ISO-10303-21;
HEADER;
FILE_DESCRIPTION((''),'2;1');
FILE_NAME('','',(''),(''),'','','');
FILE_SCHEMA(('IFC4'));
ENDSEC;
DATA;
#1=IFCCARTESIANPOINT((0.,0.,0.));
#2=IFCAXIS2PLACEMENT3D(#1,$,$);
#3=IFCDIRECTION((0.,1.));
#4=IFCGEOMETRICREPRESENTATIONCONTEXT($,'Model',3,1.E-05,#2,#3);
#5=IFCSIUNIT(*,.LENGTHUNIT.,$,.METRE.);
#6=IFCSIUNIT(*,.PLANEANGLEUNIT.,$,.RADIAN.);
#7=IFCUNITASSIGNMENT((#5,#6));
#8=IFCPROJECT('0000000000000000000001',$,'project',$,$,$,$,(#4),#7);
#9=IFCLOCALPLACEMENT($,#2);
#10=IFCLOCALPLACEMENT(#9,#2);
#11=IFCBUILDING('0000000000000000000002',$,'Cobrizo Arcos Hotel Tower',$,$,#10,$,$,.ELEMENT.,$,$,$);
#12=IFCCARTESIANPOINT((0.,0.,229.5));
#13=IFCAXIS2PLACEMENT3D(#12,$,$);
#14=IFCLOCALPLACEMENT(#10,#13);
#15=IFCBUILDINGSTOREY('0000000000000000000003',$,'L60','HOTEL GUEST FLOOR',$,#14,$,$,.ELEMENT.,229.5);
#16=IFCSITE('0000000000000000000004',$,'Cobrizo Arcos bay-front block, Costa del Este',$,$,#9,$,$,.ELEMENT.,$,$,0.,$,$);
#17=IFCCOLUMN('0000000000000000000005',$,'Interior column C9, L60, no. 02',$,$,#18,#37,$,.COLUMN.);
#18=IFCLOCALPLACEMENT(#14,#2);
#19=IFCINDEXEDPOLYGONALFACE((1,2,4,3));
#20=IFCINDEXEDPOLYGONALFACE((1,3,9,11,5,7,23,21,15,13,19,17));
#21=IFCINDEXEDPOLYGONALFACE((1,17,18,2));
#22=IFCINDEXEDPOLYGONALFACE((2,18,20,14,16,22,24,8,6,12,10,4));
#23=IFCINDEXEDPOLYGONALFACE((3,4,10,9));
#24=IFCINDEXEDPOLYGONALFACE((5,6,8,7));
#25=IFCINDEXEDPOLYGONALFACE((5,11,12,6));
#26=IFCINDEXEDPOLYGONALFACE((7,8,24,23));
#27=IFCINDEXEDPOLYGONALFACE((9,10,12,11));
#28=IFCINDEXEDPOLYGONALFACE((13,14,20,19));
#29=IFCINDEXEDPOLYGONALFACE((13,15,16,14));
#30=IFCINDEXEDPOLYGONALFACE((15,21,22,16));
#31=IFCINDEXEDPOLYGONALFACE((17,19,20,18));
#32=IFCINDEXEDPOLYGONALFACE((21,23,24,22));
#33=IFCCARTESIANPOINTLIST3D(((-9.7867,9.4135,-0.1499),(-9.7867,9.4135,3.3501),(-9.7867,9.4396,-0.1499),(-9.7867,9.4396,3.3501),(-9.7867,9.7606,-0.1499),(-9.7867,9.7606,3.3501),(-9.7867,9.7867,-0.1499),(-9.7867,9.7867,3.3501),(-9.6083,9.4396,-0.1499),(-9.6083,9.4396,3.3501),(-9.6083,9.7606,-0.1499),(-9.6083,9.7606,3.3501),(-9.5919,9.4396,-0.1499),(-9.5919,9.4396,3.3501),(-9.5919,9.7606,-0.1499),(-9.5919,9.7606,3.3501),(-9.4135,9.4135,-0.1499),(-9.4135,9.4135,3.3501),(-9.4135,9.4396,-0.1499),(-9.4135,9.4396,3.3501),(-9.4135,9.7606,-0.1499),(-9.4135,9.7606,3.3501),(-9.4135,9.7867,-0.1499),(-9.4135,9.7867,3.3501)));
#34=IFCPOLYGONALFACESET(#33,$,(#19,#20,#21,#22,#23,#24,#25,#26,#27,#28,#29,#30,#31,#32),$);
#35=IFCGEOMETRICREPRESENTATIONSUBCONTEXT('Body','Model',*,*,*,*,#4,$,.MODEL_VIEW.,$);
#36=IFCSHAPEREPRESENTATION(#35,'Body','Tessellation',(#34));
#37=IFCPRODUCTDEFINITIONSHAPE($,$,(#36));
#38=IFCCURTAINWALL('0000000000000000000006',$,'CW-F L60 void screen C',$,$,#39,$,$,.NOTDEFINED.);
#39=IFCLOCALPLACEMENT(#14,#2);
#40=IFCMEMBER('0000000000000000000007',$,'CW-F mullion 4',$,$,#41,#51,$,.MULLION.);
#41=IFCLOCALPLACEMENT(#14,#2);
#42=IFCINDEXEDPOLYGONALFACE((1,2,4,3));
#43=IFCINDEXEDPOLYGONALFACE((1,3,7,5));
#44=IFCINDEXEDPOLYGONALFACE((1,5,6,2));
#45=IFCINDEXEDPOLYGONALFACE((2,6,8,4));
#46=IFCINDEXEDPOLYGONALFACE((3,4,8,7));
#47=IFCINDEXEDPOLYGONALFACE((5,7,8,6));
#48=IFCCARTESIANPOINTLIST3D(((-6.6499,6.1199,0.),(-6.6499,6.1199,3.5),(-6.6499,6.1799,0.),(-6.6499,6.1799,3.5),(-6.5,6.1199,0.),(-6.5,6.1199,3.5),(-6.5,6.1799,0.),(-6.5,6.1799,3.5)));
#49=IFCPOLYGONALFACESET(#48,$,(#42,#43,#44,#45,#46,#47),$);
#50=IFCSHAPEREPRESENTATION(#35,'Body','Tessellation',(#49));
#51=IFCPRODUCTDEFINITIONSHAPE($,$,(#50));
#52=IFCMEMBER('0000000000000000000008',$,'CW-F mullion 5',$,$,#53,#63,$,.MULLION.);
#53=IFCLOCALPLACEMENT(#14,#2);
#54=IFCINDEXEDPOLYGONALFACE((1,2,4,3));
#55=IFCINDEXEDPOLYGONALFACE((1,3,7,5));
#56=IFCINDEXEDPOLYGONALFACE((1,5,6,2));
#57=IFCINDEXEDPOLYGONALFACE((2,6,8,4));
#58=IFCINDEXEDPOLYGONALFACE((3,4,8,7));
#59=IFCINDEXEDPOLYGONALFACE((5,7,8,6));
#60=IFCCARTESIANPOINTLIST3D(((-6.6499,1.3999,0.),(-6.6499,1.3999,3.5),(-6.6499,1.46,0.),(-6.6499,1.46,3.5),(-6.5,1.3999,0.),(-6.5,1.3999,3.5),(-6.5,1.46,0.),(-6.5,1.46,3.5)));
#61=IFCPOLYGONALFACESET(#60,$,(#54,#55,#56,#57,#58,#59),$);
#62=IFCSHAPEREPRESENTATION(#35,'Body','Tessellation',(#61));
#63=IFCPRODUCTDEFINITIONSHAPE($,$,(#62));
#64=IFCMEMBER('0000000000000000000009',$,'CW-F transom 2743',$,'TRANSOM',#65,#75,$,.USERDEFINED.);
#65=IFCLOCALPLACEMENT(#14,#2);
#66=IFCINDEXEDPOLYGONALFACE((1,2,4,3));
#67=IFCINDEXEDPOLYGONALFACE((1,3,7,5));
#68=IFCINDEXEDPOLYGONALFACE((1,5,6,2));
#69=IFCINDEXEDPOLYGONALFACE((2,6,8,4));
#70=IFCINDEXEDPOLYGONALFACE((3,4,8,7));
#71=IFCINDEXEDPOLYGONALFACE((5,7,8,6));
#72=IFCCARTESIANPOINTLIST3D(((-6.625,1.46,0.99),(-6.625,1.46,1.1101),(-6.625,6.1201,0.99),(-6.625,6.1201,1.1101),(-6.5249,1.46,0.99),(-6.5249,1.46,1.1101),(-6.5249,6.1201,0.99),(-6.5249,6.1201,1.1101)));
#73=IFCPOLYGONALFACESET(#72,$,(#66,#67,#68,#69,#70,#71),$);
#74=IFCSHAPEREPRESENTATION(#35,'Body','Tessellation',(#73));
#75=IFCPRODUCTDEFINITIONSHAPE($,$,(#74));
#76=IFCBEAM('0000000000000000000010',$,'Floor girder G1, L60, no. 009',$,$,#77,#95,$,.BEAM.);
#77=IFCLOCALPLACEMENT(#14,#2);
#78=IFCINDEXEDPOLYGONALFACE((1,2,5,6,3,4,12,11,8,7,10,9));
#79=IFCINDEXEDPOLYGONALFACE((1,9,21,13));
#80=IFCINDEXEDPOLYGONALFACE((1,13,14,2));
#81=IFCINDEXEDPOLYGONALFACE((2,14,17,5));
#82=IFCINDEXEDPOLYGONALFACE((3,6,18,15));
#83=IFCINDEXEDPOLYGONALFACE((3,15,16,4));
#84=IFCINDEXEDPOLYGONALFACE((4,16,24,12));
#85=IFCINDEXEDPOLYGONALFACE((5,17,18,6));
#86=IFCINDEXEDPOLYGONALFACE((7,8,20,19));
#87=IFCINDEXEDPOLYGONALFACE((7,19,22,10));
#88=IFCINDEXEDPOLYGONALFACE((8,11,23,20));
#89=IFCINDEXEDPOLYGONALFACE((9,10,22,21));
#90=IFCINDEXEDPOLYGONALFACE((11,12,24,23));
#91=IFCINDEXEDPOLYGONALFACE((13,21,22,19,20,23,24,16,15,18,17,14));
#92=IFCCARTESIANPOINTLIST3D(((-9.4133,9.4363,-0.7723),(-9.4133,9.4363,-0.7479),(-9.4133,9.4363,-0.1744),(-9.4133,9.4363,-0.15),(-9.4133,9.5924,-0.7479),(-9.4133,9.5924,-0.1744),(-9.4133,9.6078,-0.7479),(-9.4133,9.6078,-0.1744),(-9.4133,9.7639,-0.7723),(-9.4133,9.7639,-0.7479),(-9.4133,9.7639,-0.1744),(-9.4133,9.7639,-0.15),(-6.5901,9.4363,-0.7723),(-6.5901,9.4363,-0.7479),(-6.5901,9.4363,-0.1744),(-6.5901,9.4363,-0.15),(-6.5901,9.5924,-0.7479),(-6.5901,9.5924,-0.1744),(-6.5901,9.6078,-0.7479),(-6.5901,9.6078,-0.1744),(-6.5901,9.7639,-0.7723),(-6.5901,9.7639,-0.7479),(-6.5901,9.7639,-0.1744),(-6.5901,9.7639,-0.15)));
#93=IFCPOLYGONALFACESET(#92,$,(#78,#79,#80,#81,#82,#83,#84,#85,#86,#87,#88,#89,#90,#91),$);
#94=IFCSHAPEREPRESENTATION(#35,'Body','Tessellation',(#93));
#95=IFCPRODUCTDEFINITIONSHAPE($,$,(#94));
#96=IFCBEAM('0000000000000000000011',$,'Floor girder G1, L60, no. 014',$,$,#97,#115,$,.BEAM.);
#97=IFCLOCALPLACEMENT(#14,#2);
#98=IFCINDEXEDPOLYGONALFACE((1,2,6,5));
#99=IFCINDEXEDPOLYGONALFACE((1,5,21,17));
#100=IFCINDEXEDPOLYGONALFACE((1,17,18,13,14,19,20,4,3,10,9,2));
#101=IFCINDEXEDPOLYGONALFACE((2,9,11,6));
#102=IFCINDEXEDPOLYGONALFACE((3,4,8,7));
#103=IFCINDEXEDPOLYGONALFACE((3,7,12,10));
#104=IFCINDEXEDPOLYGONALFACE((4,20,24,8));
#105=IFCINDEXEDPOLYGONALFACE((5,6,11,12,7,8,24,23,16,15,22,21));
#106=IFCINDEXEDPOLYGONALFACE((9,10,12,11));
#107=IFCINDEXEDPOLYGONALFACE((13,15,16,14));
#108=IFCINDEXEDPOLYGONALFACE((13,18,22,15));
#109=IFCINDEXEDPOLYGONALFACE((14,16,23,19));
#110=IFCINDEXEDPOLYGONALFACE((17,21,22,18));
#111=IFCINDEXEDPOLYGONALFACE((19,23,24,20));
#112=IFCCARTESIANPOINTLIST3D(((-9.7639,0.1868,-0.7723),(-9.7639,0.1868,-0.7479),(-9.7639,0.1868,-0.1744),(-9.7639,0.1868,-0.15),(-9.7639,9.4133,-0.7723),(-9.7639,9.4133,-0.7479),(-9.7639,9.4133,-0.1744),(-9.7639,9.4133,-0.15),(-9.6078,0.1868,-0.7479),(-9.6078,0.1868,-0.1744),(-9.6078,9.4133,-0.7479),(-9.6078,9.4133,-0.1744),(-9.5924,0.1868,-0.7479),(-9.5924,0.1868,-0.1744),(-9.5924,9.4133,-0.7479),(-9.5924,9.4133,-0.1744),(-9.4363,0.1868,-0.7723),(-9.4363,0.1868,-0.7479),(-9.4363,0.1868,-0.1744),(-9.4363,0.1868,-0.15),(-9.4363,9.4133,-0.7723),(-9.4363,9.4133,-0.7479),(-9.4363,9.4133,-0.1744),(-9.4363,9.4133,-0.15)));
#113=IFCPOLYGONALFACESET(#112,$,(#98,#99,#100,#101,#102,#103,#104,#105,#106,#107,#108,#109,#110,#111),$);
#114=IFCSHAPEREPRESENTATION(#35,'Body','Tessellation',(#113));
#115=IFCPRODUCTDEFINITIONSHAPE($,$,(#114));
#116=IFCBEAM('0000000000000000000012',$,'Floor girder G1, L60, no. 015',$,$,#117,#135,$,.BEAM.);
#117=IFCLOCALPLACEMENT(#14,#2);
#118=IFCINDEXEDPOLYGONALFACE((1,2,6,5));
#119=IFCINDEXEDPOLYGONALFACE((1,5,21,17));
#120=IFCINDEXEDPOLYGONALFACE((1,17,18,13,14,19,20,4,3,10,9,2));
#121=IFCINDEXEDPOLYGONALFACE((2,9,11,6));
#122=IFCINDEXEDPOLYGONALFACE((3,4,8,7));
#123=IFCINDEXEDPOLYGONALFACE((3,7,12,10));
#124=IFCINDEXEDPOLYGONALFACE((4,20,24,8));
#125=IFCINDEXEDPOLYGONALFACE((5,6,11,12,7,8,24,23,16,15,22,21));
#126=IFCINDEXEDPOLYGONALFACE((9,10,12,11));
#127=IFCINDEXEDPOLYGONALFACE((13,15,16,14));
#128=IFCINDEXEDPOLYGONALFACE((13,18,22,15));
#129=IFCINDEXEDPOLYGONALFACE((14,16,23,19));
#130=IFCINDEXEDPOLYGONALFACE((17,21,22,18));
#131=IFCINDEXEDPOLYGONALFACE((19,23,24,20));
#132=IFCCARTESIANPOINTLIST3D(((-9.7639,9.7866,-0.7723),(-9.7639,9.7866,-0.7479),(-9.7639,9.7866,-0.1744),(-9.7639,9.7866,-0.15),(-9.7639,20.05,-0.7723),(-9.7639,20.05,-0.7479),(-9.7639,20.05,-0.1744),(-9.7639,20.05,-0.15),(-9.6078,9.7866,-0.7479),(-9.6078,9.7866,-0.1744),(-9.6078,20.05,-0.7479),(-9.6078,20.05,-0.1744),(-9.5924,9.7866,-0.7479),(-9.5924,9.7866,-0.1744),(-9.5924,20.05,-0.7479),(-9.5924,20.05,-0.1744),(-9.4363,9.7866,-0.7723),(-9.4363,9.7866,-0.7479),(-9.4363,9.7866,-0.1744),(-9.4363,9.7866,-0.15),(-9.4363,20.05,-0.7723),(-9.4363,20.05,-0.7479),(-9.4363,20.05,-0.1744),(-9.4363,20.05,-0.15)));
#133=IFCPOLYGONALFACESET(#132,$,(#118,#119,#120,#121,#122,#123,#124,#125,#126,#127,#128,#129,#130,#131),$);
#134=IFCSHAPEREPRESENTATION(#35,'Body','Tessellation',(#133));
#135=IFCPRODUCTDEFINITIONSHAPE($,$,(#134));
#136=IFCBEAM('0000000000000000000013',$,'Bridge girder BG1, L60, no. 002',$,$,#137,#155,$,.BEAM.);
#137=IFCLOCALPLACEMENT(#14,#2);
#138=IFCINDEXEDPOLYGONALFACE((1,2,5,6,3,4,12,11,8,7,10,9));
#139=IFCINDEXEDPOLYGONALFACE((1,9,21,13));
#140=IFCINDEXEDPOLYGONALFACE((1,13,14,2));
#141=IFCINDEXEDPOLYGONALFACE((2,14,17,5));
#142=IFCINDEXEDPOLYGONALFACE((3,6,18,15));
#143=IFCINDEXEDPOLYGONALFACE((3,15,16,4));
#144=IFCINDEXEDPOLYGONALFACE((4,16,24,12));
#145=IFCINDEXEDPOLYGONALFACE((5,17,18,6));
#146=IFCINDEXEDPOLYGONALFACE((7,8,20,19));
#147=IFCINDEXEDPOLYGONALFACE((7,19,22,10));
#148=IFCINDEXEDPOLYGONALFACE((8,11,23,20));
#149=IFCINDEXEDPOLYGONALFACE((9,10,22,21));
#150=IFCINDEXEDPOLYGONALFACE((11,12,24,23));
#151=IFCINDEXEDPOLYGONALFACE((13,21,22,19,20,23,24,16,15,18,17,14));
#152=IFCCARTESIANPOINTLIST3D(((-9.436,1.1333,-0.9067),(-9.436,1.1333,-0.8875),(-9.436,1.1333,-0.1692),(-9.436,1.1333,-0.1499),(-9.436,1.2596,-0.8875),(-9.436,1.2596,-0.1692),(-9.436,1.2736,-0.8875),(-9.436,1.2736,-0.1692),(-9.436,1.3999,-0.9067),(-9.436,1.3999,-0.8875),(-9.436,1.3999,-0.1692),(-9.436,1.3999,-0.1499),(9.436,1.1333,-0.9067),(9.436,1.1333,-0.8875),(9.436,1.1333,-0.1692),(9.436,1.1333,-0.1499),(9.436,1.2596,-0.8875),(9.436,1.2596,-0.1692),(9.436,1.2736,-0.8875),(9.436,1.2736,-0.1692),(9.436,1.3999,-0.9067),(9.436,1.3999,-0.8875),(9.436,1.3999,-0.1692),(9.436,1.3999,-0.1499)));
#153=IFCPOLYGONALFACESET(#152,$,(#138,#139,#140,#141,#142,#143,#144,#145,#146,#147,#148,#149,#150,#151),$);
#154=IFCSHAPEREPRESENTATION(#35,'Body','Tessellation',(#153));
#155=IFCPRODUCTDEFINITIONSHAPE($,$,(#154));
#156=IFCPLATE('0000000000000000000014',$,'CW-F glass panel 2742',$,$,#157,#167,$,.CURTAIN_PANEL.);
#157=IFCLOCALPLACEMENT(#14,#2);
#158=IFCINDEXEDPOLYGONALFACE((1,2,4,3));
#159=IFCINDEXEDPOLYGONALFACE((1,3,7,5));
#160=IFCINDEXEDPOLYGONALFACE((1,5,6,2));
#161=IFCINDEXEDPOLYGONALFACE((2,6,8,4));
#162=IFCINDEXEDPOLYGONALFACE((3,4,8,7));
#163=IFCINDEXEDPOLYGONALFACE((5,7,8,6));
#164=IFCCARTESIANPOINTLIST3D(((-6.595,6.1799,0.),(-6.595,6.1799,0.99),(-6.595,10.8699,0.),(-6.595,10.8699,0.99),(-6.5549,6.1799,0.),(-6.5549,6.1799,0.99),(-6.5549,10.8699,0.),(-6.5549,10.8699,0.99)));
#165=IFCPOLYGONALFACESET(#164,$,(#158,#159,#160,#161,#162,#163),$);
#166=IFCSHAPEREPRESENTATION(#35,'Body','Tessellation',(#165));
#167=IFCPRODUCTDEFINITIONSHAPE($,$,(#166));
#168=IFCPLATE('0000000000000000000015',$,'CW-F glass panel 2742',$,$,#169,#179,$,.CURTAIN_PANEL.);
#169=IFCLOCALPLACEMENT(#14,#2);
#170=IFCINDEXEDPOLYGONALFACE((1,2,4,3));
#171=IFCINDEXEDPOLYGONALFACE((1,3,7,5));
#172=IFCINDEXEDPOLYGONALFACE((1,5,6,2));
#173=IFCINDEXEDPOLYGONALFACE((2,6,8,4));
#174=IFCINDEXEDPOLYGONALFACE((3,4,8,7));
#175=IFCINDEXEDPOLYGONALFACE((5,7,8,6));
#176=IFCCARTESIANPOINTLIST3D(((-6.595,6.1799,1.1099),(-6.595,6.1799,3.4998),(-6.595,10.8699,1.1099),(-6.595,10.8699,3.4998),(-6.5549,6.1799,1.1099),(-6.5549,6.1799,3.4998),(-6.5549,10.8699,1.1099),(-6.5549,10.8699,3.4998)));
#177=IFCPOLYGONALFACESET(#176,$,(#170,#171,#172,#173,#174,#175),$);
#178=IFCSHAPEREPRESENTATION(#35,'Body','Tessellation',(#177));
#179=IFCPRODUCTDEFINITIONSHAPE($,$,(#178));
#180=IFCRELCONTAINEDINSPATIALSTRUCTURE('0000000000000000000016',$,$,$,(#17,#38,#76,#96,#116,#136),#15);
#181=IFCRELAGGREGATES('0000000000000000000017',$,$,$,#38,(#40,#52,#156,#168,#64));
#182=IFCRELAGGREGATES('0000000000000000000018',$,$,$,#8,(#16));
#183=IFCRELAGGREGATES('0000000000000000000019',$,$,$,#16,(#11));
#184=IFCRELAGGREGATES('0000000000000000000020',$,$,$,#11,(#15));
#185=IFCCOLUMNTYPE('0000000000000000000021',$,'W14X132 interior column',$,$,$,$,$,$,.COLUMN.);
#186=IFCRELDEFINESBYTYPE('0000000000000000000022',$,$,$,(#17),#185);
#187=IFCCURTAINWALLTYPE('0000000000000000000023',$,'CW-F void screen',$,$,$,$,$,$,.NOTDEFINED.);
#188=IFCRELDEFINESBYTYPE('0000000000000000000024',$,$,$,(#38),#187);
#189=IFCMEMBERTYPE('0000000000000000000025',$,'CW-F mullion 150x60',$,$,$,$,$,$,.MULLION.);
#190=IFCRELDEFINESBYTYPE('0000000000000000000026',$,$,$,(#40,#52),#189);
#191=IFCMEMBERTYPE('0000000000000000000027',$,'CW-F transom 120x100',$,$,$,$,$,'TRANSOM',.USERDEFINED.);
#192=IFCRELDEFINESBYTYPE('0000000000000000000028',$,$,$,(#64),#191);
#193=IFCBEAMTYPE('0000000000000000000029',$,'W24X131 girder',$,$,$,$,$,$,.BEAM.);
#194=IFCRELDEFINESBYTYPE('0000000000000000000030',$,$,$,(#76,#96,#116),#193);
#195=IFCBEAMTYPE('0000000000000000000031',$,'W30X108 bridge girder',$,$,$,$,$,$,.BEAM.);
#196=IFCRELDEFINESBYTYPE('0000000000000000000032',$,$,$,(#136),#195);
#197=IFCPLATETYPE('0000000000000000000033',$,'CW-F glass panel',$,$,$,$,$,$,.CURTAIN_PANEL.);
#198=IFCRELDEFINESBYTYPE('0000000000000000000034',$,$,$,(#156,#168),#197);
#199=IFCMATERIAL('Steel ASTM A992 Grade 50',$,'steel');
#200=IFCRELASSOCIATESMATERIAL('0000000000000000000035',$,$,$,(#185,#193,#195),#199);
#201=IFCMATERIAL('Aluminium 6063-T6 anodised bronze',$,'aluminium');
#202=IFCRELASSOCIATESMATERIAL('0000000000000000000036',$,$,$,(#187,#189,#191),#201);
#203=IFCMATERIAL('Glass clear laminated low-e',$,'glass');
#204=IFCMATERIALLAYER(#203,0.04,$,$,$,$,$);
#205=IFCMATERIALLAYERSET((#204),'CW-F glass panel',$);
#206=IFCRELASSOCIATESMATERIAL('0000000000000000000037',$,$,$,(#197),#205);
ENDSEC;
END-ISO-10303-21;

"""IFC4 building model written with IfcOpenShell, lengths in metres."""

from ifc_helpers import new_model, si_unit, direction, frame, origin, origin_2d, place, context, subcontext, project, spatial, rectangle, i_section, extrude, material, layer, layer_set, material_profile, profile_set, type_object, element, aggregate, save


model = new_model("IFC4")

# Units and contexts
model_context = context("Model", 3, precision=1e-05, world=origin(), true_north=direction((0.0, 1.0)))
body_context = subcontext(model_context, "Body", "Model", "MODEL_VIEW")
ifc_project = project(units=[si_unit("LENGTHUNIT", "METRE"), si_unit("PLANEANGLEUNIT", "RADIAN")], contexts=[model_context])

# Site, building, storey
site_placement = place(None, origin())
site = spatial("IfcSite", under=ifc_project, at=site_placement, Name="Cobrizo Arcos bay-front block, Costa del Este", CompositionType="ELEMENT", RefElevation=0.0)
building_placement = place(site_placement, origin())
building = spatial("IfcBuilding", under=site, at=building_placement, Name="Cobrizo Arcos Hotel Tower", CompositionType="ELEMENT")
storey_placement = place(building_placement, frame((0.0, 0.0, 229.5)))
storey = spatial("IfcBuildingStorey", under=building, at=storey_placement, Name="L60", Description="HOTEL GUEST FLOOR", CompositionType="ELEMENT", Elevation=229.5)

# Column
ifc_material_1 = material(Name="Steel ASTM A992 Grade 50", Category="steel")
ifc_material_profile_1 = material_profile(ifc_material_1, i_section(OverallWidth=0.3733, OverallDepth=0.3733, WebThickness=0.0164, FlangeThickness=0.0261, at=origin_2d()), Name="W14X132")
ifc_profile_set_1 = profile_set([ifc_material_profile_1], Name="Steel ASTM A992 Grade 50")
column_type = type_object("IfcColumnType", Name="W14X132 interior column", PredefinedType="COLUMN", material=ifc_profile_set_1)
column_placement = place(storey_placement, frame((-9.6001, 9.6001, -0.1499), z_axis=(0.0, 0.0, 1.0), x_axis=(1.0, 0.0, 0.0)))
element("IfcColumn", 1, at=column_placement, inside=storey, type_object=column_type, Name="Interior column C9, L60, no. 02", PredefinedType="COLUMN", context=body_context, shape_type="SweptSolid", body=[
    extrude(i_section(OverallWidth=0.3733, OverallDepth=0.3733, WebThickness=0.0164, FlangeThickness=0.0261, at=origin_2d()), origin(), (0.0, 0.0, 1.0), 3.5),
])

# Curtain wall, members
ifc_material_2 = material(Name="Aluminium 6063-T6 anodised bronze", Category="aluminium")
curtain_wall_type = type_object("IfcCurtainWallType", Name="CW-F void screen", PredefinedType="NOTDEFINED", material=ifc_material_2)
curtain_wall_placement = place(storey_placement, origin())
curtain_wall = element("IfcCurtainWall", 2, at=curtain_wall_placement, inside=storey, type_object=curtain_wall_type, Name="CW-F L60 void screen C", PredefinedType="NOTDEFINED")
ifc_material_profile_2 = material_profile(ifc_material_2, rectangle(XDim=0.1499, YDim=0.0601, at=origin_2d()), Name="CW-F mullion 150x60")
ifc_profile_set_2 = profile_set([ifc_material_profile_2], Name="Aluminium 6063-T6 anodised bronze")
member_type_1 = type_object("IfcMemberType", Name="CW-F mullion 150x60", PredefinedType="MULLION", material=ifc_profile_set_2)
member_1_placement = place(storey_placement, frame((-6.575, 6.1499, 0.0), z_axis=(0.0, 0.0, 1.0), x_axis=(-1.0, 0.0, 0.0)))
member_1 = element("IfcMember", 3, at=member_1_placement, type_object=member_type_1, Name="CW-F mullion 4", PredefinedType="MULLION", context=body_context, shape_type="SweptSolid", body=[
    extrude(rectangle(XDim=0.1499, YDim=0.0601, at=origin_2d()), origin(), (0.0, 0.0, 1.0), 3.5),
])
member_2_placement = place(storey_placement, frame((-6.575, 1.4299, 0.0), z_axis=(0.0, 0.0, 1.0), x_axis=(-1.0, 0.0, 0.0)))
member_2 = element("IfcMember", 4, at=member_2_placement, type_object=member_type_1, Name="CW-F mullion 5", PredefinedType="MULLION", context=body_context, shape_type="SweptSolid", body=[
    extrude(rectangle(XDim=0.1499, YDim=0.0601, at=origin_2d()), origin(), (0.0, 0.0, 1.0), 3.5),
])
ifc_material_profile_3 = material_profile(ifc_material_2, rectangle(XDim=0.1001, YDim=0.1201, at=origin_2d()), Name="CW-F transom 120x100")
ifc_profile_set_3 = profile_set([ifc_material_profile_3], Name="Aluminium 6063-T6 anodised bronze")
member_type_2 = type_object("IfcMemberType", Name="CW-F transom 120x100", ElementType="TRANSOM", PredefinedType="USERDEFINED", material=ifc_profile_set_3)
member_3_placement = place(storey_placement, frame((-6.575, 6.1201, 1.05), z_axis=(0.0, -1.0, 0.0), x_axis=(1.0, 0.0, 0.0)))
member_3 = element("IfcMember", 5, at=member_3_placement, type_object=member_type_2, Name="CW-F transom 2743", ObjectType="TRANSOM", PredefinedType="USERDEFINED", context=body_context, shape_type="SweptSolid", body=[
    extrude(rectangle(XDim=0.1001, YDim=0.1201, at=origin_2d()), origin(), (0.0, 0.0, 1.0), 4.6602),
])

# Beams
ifc_material_profile_4 = material_profile(ifc_material_1, i_section(OverallWidth=0.3276, OverallDepth=0.6223, WebThickness=0.0154, FlangeThickness=0.0244, at=origin_2d()), Name="W24X131")
ifc_profile_set_4 = profile_set([ifc_material_profile_4], Name="Steel ASTM A992 Grade 50")
beam_type_1 = type_object("IfcBeamType", Name="W24X131 girder", PredefinedType="BEAM", material=ifc_profile_set_4)
beam_1_placement = place(storey_placement, frame((-9.4133, 9.6001, -0.4612), z_axis=(1.0, 0.0, 0.0), x_axis=(0.0, 1.0, 0.0)))
element("IfcBeam", 6, at=beam_1_placement, inside=storey, type_object=beam_type_1, Name="Floor girder G1, L60, no. 009", PredefinedType="BEAM", context=body_context, shape_type="SweptSolid", body=[
    extrude(i_section(OverallWidth=0.3276, OverallDepth=0.6223, WebThickness=0.0154, FlangeThickness=0.0244, at=origin_2d()), origin(), (0.0, 0.0, 1.0), 2.8232),
])
beam_2_placement = place(storey_placement, frame((-9.6001, 0.1868, -0.4612), z_axis=(0.0, 1.0, 0.0), x_axis=(-1.0, 0.0, 0.0)))
element("IfcBeam", 7, at=beam_2_placement, inside=storey, type_object=beam_type_1, Name="Floor girder G1, L60, no. 014", PredefinedType="BEAM", context=body_context, shape_type="SweptSolid", body=[
    extrude(i_section(OverallWidth=0.3276, OverallDepth=0.6223, WebThickness=0.0154, FlangeThickness=0.0244, at=origin_2d()), origin(), (0.0, 0.0, 1.0), 9.2266),
])
beam_3_placement = place(storey_placement, frame((-9.6001, 9.7866, -0.4612), z_axis=(0.0, 1.0, 0.0), x_axis=(-1.0, 0.0, 0.0)))
element("IfcBeam", 8, at=beam_3_placement, inside=storey, type_object=beam_type_1, Name="Floor girder G1, L60, no. 015", PredefinedType="BEAM", context=body_context, shape_type="SweptSolid", body=[
    extrude(i_section(OverallWidth=0.3276, OverallDepth=0.6223, WebThickness=0.0154, FlangeThickness=0.0244, at=origin_2d()), origin(), (0.0, 0.0, 1.0), 10.2634),
])
ifc_material_profile_5 = material_profile(ifc_material_1, i_section(OverallWidth=0.2666, OverallDepth=0.7568, WebThickness=0.0139, FlangeThickness=0.0193, at=origin_2d()), Name="W30X108")
ifc_profile_set_5 = profile_set([ifc_material_profile_5], Name="Steel ASTM A992 Grade 50")
beam_type_2 = type_object("IfcBeamType", Name="W30X108 bridge girder", PredefinedType="BEAM", material=ifc_profile_set_5)
beam_4_placement = place(storey_placement, frame((-9.436, 1.2666, -0.5283), z_axis=(1.0, 0.0, 0.0), x_axis=(0.0, 1.0, 0.0)))
element("IfcBeam", 9, at=beam_4_placement, inside=storey, type_object=beam_type_2, Name="Bridge girder BG1, L60, no. 002", PredefinedType="BEAM", context=body_context, shape_type="SweptSolid", body=[
    extrude(i_section(OverallWidth=0.2666, OverallDepth=0.7568, WebThickness=0.0139, FlangeThickness=0.0193, at=origin_2d()), origin(), (0.0, 0.0, 1.0), 18.8721),
])

# Plates
ifc_material_3 = material(Name="Glass clear laminated low-e", Category="glass")
ifc_layer_1 = layer(ifc_material_3, 0.04)
ifc_layer_set_1 = layer_set([ifc_layer_1], Name="CW-F glass panel")
plate_type = type_object("IfcPlateType", Name="CW-F glass panel", PredefinedType="CURTAIN_PANEL", material=ifc_layer_set_1)
plate_1_placement = place(storey_placement, frame((-6.575, 8.5249, 0.0), z_axis=(0.0, 0.0, 1.0), x_axis=(0.0, -1.0, 0.0)))
plate_1 = element("IfcPlate", 10, at=plate_1_placement, type_object=plate_type, Name="CW-F glass panel 2742", PredefinedType="CURTAIN_PANEL", context=body_context, shape_type="SweptSolid", body=[
    extrude(rectangle(XDim=4.6899, YDim=0.04, at=origin_2d()), origin(), (0.0, 0.0, 1.0), 0.99),
])
plate_2_placement = place(storey_placement, frame((-6.575, 8.5249, 1.1099), z_axis=(0.0, 0.0, 1.0), x_axis=(0.0, -1.0, 0.0)))
plate_2 = element("IfcPlate", 11, at=plate_2_placement, type_object=plate_type, Name="CW-F glass panel 2742", PredefinedType="CURTAIN_PANEL", context=body_context, shape_type="SweptSolid", body=[
    extrude(rectangle(XDim=4.6899, YDim=0.04, at=origin_2d()), origin(), (0.0, 0.0, 1.0), 2.3899),
])
aggregate(curtain_wall, [member_1, member_2, plate_1, plate_2, member_3])

save(model, "model.ifc")
